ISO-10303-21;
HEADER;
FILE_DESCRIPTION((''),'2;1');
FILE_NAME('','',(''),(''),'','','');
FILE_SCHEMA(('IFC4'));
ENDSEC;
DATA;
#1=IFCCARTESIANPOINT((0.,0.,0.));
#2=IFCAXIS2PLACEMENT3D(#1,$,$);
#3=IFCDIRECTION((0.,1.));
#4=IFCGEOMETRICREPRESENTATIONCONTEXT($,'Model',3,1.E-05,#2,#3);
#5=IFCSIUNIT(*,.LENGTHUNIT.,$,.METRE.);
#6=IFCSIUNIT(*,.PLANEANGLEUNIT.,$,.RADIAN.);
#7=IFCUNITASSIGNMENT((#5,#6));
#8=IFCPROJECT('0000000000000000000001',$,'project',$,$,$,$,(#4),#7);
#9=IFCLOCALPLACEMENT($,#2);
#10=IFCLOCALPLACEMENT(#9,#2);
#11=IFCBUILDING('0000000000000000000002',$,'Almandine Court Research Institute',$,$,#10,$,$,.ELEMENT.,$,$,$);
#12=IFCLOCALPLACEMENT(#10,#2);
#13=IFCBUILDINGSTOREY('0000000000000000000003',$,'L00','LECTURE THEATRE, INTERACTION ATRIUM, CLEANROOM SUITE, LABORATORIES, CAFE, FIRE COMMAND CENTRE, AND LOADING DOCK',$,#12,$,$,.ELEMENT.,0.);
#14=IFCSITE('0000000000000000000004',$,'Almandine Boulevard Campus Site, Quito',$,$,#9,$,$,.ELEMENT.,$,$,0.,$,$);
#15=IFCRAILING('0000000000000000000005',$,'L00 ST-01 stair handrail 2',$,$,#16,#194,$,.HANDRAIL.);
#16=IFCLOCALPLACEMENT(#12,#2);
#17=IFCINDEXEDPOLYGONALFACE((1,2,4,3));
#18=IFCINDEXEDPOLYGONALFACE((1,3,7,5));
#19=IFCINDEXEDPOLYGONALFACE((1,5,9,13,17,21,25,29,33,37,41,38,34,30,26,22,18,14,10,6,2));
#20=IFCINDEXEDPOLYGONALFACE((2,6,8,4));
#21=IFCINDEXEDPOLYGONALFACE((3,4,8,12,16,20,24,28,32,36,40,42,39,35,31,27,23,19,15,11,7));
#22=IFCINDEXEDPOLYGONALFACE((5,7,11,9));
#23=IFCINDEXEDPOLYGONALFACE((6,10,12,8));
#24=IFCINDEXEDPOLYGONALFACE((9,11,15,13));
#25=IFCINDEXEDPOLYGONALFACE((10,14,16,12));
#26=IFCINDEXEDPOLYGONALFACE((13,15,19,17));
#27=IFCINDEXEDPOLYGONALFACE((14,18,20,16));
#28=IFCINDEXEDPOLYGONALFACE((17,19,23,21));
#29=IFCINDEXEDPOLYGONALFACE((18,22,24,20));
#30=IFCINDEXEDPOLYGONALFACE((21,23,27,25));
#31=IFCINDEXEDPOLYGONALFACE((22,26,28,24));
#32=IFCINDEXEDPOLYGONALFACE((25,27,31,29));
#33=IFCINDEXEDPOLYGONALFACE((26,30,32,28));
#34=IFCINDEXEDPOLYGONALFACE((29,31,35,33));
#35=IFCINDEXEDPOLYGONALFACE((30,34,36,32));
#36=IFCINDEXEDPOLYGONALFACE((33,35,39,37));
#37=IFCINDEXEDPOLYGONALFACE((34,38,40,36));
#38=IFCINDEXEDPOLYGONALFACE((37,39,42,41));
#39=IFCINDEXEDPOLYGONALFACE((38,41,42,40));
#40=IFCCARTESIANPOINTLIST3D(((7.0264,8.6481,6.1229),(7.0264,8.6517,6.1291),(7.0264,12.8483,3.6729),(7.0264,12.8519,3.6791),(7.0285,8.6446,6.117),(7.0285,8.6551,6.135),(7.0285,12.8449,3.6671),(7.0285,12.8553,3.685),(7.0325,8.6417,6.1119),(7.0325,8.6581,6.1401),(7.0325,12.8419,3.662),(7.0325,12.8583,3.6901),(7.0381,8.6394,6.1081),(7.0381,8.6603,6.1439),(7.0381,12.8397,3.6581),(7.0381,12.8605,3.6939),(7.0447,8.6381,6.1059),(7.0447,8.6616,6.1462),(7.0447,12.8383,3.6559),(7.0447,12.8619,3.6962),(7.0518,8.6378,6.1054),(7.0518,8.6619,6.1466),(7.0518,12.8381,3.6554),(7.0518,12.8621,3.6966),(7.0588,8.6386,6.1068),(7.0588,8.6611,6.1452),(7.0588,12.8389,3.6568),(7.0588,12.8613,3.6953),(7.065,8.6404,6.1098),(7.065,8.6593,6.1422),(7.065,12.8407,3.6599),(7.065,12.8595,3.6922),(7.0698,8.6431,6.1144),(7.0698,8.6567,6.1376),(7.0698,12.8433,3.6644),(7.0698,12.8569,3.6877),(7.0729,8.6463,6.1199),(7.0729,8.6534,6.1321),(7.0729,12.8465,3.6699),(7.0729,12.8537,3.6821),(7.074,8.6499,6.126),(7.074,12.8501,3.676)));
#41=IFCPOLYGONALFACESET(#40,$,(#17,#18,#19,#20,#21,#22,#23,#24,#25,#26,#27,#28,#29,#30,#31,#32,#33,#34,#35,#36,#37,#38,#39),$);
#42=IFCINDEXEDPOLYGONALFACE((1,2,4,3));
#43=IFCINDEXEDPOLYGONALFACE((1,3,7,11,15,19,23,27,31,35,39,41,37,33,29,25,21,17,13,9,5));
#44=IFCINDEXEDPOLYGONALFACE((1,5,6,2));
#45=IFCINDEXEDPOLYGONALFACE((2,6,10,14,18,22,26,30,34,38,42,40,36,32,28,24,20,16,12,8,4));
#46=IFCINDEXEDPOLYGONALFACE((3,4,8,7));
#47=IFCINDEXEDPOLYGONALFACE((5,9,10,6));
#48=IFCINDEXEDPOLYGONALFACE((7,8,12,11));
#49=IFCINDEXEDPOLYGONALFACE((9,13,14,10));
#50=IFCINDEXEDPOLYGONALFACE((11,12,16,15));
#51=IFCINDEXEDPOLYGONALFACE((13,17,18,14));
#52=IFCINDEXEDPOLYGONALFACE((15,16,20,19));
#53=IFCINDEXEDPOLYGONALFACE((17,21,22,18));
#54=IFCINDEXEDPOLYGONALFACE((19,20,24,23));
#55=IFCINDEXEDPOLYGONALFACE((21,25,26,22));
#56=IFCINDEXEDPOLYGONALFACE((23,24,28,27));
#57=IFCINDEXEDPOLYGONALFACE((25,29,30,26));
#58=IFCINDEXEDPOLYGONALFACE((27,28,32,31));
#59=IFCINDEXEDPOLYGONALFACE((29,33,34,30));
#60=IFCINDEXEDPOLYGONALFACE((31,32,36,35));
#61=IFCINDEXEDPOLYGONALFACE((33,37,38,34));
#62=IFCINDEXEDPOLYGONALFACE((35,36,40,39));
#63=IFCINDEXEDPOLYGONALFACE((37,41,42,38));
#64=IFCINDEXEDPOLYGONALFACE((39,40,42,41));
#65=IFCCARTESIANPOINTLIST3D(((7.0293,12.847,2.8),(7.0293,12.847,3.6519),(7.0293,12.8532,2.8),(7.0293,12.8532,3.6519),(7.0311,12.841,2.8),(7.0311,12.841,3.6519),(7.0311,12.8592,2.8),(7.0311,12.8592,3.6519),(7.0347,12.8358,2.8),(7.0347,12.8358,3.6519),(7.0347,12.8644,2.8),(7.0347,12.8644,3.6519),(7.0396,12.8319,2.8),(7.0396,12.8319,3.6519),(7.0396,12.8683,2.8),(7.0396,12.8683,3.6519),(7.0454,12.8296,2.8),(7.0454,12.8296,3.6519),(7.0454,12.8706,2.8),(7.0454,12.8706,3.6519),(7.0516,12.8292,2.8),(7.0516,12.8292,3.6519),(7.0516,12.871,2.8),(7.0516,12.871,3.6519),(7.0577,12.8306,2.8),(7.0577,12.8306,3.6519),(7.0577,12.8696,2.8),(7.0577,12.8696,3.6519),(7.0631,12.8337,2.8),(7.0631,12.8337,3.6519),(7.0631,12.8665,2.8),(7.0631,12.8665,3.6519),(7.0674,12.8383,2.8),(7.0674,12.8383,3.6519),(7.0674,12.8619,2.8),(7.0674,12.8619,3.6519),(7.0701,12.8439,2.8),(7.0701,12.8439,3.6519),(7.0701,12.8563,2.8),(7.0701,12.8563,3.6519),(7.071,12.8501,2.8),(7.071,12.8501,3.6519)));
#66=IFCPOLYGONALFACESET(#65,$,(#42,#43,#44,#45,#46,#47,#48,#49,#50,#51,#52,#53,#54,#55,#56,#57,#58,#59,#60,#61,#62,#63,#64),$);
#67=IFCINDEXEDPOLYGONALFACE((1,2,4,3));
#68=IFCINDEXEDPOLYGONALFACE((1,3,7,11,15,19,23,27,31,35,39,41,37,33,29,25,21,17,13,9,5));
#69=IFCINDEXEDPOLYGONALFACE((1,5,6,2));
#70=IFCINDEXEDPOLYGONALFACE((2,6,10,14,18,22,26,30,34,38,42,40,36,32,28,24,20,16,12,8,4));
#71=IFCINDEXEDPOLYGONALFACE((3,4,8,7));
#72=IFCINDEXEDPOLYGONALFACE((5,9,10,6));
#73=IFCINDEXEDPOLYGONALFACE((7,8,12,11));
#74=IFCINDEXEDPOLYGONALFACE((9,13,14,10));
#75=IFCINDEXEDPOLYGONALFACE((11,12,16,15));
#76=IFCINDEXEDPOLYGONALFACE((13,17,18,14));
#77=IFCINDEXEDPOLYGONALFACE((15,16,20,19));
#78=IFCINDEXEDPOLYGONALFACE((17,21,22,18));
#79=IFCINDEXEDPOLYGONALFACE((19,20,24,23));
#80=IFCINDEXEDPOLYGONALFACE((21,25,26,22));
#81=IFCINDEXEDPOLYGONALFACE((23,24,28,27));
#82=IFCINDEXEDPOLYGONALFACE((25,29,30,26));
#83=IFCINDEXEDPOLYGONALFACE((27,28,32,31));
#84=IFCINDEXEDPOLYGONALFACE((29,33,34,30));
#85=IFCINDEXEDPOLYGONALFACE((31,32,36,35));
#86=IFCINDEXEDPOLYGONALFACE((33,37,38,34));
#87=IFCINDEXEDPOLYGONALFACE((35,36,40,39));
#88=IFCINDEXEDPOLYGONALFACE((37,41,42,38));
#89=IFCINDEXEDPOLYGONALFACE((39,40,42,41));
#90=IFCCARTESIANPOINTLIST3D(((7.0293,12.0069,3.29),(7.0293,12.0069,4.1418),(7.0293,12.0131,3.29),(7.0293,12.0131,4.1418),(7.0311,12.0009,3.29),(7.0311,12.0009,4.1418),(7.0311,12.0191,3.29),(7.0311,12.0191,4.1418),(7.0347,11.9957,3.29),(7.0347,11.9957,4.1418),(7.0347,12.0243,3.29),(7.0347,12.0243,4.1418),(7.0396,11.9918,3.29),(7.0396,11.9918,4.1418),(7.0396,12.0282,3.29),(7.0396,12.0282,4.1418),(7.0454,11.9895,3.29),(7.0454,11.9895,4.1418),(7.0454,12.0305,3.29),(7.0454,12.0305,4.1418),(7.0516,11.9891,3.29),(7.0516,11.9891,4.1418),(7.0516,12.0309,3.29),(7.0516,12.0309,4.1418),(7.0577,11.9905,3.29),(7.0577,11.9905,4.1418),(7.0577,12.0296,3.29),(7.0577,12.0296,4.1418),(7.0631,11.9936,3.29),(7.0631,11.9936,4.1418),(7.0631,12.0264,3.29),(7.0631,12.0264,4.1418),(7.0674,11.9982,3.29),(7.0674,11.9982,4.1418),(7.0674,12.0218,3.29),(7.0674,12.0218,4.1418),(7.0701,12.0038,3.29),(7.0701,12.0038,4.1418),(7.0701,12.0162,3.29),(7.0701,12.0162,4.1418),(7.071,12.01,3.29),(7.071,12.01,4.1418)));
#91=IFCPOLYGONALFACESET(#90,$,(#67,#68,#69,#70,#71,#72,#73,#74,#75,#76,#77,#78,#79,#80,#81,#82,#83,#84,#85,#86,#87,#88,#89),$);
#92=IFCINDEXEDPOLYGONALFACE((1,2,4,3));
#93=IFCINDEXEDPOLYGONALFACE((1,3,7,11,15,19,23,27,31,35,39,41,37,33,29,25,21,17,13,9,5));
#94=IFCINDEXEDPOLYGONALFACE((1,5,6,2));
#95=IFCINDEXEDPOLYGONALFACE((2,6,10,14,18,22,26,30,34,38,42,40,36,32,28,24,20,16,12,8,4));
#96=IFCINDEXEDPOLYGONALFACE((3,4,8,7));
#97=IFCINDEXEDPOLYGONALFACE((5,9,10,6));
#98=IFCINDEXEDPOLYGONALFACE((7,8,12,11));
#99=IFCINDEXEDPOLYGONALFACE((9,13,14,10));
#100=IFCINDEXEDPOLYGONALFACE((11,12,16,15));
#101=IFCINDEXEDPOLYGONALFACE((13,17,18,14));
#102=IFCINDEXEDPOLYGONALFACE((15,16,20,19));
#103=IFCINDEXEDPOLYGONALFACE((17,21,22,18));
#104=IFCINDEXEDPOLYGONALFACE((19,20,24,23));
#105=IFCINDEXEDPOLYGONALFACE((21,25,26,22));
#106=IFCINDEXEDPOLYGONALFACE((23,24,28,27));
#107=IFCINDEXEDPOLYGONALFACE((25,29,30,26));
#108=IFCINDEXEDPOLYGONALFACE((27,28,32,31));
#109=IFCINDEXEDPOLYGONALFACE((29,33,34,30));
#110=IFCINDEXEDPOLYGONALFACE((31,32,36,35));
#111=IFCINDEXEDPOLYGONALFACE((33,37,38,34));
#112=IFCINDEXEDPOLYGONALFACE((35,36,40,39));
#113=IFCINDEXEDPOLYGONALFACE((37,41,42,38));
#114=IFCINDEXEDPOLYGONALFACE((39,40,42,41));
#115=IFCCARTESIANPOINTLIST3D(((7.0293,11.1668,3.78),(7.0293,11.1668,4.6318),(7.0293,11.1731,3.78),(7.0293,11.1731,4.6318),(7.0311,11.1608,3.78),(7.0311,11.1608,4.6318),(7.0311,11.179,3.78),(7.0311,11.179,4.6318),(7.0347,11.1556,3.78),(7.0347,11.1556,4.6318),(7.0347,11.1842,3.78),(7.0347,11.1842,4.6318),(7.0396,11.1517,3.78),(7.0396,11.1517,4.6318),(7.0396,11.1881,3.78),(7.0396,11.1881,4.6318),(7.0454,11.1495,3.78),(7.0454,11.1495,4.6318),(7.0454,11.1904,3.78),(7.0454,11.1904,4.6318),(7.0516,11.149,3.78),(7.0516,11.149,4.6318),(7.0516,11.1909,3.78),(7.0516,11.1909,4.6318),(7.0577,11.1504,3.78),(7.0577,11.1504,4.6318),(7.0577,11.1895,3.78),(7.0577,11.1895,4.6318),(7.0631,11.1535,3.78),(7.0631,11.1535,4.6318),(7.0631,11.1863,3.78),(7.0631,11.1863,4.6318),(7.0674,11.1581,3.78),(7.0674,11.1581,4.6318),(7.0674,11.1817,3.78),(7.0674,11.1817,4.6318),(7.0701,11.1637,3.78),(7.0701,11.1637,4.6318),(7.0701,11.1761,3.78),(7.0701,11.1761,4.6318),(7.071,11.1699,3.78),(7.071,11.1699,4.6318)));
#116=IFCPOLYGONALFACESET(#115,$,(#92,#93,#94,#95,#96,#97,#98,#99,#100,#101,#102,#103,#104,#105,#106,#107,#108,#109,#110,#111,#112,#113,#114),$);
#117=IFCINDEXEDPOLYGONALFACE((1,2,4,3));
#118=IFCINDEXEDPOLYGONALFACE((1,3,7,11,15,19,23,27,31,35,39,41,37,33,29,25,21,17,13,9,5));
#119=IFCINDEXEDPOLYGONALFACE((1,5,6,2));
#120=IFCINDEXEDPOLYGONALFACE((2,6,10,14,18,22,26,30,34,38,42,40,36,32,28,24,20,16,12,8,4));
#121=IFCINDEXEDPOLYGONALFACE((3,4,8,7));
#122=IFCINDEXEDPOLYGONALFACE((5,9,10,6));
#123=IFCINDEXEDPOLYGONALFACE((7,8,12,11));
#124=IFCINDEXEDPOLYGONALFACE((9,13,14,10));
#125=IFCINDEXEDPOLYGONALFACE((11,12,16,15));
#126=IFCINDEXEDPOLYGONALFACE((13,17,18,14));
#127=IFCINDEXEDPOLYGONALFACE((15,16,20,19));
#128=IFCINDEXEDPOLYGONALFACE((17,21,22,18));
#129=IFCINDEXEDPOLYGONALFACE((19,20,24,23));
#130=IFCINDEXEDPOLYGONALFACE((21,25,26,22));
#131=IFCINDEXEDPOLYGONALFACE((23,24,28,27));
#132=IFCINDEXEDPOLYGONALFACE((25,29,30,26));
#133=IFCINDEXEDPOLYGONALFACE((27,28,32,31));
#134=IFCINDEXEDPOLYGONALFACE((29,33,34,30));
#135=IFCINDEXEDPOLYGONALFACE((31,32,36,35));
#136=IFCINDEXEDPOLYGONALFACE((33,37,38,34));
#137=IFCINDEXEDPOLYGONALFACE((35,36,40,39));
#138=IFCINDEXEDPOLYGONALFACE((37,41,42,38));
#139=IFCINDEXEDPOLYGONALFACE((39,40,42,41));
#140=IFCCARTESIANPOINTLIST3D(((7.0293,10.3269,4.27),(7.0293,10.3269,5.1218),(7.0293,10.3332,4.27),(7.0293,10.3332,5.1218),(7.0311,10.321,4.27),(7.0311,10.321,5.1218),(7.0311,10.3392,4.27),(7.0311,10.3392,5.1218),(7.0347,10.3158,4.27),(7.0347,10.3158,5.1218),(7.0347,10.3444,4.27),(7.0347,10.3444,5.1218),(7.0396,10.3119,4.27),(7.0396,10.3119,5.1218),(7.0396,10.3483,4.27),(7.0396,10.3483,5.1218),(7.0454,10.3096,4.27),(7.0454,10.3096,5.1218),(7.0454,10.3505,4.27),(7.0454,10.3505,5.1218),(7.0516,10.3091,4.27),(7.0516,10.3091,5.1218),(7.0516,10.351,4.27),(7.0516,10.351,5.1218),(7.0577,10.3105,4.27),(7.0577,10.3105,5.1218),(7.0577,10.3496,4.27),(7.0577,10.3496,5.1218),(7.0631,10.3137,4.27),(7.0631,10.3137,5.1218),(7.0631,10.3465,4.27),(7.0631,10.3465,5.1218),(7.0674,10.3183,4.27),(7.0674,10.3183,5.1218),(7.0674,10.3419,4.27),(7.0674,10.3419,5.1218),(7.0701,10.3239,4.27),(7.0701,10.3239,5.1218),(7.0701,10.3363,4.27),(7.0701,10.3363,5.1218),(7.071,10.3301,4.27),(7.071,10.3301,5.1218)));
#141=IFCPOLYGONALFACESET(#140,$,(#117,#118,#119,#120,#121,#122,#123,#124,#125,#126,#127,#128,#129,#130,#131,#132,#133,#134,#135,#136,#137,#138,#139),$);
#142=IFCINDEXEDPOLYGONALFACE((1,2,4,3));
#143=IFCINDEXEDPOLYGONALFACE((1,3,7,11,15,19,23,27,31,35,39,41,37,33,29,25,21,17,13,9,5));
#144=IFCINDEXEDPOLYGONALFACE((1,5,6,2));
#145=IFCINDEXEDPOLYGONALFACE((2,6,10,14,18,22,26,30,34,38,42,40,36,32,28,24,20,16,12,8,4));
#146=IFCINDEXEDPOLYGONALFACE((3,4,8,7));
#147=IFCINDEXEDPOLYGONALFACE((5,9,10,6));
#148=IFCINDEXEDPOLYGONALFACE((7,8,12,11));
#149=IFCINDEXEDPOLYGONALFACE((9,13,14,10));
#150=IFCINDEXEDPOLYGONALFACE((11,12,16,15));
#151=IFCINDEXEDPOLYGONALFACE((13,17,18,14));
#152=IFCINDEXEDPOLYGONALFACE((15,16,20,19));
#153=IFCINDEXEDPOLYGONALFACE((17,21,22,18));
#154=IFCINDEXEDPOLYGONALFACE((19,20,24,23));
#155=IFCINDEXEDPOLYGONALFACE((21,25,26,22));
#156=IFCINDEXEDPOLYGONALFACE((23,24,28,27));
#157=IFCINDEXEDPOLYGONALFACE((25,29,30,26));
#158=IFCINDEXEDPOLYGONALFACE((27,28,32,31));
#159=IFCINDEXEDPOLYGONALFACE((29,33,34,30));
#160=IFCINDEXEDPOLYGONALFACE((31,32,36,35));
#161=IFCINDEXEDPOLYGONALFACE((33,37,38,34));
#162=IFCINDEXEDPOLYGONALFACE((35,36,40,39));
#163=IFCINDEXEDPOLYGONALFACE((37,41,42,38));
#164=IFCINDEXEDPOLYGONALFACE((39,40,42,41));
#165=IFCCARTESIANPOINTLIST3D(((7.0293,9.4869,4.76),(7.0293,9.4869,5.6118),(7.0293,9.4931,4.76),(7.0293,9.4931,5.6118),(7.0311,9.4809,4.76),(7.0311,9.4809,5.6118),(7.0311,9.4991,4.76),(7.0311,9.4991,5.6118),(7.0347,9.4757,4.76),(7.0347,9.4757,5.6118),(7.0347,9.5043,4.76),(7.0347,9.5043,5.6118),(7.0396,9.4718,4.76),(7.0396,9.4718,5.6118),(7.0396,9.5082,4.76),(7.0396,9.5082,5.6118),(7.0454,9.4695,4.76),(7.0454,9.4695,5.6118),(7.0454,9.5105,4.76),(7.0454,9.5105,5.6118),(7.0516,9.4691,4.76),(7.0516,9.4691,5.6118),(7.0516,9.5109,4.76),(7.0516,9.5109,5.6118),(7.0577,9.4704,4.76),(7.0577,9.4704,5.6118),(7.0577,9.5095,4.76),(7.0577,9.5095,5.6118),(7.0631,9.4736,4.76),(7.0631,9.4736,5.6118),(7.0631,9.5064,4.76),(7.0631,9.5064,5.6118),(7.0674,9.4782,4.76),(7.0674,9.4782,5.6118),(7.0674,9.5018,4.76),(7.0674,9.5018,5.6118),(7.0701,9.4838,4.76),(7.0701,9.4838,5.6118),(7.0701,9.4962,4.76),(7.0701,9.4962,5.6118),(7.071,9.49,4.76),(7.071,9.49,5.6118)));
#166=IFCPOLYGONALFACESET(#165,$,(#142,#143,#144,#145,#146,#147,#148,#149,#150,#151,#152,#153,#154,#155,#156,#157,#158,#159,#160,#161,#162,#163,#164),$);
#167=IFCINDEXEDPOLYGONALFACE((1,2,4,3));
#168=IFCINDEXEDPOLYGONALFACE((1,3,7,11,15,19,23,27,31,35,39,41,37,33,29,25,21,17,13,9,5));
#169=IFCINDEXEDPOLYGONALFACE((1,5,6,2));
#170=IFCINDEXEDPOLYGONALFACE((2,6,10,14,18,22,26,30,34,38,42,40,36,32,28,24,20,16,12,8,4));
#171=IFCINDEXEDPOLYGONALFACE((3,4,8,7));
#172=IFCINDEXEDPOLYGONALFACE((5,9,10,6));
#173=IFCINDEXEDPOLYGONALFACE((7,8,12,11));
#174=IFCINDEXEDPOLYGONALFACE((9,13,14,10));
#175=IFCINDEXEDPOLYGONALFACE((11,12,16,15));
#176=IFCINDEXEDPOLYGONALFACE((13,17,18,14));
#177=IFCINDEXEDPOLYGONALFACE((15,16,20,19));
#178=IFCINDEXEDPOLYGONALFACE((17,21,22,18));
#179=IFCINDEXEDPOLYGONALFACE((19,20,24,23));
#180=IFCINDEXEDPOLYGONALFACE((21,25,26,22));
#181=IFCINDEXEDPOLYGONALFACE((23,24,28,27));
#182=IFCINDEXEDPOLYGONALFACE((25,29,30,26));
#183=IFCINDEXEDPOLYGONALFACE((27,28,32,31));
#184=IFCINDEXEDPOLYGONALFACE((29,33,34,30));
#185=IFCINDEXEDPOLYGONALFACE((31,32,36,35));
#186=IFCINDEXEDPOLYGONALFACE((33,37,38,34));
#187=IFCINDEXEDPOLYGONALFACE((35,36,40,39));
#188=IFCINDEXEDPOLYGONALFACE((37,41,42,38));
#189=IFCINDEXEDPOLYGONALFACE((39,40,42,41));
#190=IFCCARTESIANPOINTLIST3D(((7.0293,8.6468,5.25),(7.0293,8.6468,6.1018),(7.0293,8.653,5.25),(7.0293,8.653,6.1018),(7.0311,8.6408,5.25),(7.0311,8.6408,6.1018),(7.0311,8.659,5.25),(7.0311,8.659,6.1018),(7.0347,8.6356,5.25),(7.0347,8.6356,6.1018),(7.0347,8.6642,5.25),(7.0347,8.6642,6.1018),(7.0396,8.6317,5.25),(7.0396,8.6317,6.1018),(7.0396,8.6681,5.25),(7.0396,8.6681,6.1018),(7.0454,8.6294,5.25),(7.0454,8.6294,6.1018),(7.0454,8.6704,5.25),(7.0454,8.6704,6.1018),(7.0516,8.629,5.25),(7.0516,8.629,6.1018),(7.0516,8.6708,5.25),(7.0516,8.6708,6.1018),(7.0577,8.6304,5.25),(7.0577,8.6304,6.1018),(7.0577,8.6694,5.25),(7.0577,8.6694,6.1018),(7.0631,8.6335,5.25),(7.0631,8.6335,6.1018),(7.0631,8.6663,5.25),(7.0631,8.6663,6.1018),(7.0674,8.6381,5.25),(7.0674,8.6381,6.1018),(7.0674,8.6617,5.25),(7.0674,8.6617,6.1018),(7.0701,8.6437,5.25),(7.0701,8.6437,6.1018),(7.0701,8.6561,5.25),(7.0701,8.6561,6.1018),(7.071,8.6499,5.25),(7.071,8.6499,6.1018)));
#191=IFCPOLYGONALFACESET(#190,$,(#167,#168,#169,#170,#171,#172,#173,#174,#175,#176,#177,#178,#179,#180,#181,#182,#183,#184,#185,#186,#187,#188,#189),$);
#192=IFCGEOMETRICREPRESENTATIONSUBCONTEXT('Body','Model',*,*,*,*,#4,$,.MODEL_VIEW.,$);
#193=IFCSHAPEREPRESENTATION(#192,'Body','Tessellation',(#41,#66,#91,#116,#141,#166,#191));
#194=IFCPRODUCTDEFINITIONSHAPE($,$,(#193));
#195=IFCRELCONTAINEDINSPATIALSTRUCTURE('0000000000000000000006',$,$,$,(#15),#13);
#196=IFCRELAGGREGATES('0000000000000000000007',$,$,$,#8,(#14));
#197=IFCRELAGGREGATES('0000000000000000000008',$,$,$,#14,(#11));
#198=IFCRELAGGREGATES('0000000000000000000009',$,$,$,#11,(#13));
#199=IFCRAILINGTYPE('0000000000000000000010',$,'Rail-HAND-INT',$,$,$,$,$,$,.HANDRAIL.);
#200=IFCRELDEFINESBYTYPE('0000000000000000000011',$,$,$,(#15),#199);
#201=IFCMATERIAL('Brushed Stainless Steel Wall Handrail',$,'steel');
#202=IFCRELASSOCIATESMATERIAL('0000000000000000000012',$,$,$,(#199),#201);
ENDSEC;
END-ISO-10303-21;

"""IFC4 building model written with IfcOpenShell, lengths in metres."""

from ifc_helpers import new_model, si_unit, direction, frame, origin, origin_2d, place, context, subcontext, project, spatial, circle, extrude, material, type_object, element, save


model = new_model("IFC4")

# Units and contexts
model_context = context("Model", 3, precision=1e-05, world=origin(), true_north=direction((0.0, 1.0)))
body_context = subcontext(model_context, "Body", "Model", "MODEL_VIEW")
ifc_project = project(units=[si_unit("LENGTHUNIT", "METRE"), si_unit("PLANEANGLEUNIT", "RADIAN")], contexts=[model_context])

# Site, building, storey
site_placement = place(None, origin())
site = spatial("IfcSite", under=ifc_project, at=site_placement, Name="Almandine Boulevard Campus Site, Quito", CompositionType="ELEMENT", RefElevation=0.0)
building_placement = place(site_placement, origin())
building = spatial("IfcBuilding", under=site, at=building_placement, Name="Almandine Court Research Institute", CompositionType="ELEMENT")
storey_placement = place(building_placement, origin())
storey = spatial("IfcBuildingStorey", under=building, at=storey_placement, Name="L00", Description="LECTURE THEATRE, INTERACTION ATRIUM, CLEANROOM SUITE, LABORATORIES, CAFE, FIRE COMMAND CENTRE, AND LOADING DOCK", CompositionType="ELEMENT", Elevation=0.0)

# Railing
ifc_material_1 = material(Name="Brushed Stainless Steel Wall Handrail", Category="steel")
railing_type_1 = type_object("IfcRailingType", Name="Rail-HAND-INT", PredefinedType="HANDRAIL", material=ifc_material_1)
railing_1_placement = place(storey_placement, frame((7.05, 12.8501, 2.8)))
element("IfcRailing", 1, at=railing_1_placement, inside=storey, type_object=railing_type_1, Name="L00 ST-01 stair handrail 2", PredefinedType="HANDRAIL", context=body_context, shape_type="SweptSolid", body=[
    extrude(circle(Radius=0.0239, at=origin_2d()), frame((0.0, 0.0, 0.876), z_axis=(0.0, -0.863793, 0.503846), x_axis=(1.0, 0.0, 0.0)), (0.0, 0.0, 1.0), 4.8625),
    extrude(circle(Radius=0.021, at=origin_2d()), origin(), (0.0, 0.0, 1.0), 0.8518),
    extrude(circle(Radius=0.021, at=origin_2d()), frame((0.0, -0.8401, 0.49)), (0.0, 0.0, 1.0), 0.8518),
    extrude(circle(Radius=0.021, at=origin_2d()), frame((0.0, -1.6802, 0.98)), (0.0, 0.0, 1.0), 0.8518),
    extrude(circle(Radius=0.021, at=origin_2d()), frame((0.0, -2.52, 1.47)), (0.0, 0.0, 1.0), 0.8518),
    extrude(circle(Radius=0.021, at=origin_2d()), frame((0.0, -3.3601, 1.96)), (0.0, 0.0, 1.0), 0.8518),
    extrude(circle(Radius=0.021, at=origin_2d()), frame((0.0, -4.2002, 2.45)), (0.0, 0.0, 1.0), 0.8518),
])

save(model, "model.ifc")
